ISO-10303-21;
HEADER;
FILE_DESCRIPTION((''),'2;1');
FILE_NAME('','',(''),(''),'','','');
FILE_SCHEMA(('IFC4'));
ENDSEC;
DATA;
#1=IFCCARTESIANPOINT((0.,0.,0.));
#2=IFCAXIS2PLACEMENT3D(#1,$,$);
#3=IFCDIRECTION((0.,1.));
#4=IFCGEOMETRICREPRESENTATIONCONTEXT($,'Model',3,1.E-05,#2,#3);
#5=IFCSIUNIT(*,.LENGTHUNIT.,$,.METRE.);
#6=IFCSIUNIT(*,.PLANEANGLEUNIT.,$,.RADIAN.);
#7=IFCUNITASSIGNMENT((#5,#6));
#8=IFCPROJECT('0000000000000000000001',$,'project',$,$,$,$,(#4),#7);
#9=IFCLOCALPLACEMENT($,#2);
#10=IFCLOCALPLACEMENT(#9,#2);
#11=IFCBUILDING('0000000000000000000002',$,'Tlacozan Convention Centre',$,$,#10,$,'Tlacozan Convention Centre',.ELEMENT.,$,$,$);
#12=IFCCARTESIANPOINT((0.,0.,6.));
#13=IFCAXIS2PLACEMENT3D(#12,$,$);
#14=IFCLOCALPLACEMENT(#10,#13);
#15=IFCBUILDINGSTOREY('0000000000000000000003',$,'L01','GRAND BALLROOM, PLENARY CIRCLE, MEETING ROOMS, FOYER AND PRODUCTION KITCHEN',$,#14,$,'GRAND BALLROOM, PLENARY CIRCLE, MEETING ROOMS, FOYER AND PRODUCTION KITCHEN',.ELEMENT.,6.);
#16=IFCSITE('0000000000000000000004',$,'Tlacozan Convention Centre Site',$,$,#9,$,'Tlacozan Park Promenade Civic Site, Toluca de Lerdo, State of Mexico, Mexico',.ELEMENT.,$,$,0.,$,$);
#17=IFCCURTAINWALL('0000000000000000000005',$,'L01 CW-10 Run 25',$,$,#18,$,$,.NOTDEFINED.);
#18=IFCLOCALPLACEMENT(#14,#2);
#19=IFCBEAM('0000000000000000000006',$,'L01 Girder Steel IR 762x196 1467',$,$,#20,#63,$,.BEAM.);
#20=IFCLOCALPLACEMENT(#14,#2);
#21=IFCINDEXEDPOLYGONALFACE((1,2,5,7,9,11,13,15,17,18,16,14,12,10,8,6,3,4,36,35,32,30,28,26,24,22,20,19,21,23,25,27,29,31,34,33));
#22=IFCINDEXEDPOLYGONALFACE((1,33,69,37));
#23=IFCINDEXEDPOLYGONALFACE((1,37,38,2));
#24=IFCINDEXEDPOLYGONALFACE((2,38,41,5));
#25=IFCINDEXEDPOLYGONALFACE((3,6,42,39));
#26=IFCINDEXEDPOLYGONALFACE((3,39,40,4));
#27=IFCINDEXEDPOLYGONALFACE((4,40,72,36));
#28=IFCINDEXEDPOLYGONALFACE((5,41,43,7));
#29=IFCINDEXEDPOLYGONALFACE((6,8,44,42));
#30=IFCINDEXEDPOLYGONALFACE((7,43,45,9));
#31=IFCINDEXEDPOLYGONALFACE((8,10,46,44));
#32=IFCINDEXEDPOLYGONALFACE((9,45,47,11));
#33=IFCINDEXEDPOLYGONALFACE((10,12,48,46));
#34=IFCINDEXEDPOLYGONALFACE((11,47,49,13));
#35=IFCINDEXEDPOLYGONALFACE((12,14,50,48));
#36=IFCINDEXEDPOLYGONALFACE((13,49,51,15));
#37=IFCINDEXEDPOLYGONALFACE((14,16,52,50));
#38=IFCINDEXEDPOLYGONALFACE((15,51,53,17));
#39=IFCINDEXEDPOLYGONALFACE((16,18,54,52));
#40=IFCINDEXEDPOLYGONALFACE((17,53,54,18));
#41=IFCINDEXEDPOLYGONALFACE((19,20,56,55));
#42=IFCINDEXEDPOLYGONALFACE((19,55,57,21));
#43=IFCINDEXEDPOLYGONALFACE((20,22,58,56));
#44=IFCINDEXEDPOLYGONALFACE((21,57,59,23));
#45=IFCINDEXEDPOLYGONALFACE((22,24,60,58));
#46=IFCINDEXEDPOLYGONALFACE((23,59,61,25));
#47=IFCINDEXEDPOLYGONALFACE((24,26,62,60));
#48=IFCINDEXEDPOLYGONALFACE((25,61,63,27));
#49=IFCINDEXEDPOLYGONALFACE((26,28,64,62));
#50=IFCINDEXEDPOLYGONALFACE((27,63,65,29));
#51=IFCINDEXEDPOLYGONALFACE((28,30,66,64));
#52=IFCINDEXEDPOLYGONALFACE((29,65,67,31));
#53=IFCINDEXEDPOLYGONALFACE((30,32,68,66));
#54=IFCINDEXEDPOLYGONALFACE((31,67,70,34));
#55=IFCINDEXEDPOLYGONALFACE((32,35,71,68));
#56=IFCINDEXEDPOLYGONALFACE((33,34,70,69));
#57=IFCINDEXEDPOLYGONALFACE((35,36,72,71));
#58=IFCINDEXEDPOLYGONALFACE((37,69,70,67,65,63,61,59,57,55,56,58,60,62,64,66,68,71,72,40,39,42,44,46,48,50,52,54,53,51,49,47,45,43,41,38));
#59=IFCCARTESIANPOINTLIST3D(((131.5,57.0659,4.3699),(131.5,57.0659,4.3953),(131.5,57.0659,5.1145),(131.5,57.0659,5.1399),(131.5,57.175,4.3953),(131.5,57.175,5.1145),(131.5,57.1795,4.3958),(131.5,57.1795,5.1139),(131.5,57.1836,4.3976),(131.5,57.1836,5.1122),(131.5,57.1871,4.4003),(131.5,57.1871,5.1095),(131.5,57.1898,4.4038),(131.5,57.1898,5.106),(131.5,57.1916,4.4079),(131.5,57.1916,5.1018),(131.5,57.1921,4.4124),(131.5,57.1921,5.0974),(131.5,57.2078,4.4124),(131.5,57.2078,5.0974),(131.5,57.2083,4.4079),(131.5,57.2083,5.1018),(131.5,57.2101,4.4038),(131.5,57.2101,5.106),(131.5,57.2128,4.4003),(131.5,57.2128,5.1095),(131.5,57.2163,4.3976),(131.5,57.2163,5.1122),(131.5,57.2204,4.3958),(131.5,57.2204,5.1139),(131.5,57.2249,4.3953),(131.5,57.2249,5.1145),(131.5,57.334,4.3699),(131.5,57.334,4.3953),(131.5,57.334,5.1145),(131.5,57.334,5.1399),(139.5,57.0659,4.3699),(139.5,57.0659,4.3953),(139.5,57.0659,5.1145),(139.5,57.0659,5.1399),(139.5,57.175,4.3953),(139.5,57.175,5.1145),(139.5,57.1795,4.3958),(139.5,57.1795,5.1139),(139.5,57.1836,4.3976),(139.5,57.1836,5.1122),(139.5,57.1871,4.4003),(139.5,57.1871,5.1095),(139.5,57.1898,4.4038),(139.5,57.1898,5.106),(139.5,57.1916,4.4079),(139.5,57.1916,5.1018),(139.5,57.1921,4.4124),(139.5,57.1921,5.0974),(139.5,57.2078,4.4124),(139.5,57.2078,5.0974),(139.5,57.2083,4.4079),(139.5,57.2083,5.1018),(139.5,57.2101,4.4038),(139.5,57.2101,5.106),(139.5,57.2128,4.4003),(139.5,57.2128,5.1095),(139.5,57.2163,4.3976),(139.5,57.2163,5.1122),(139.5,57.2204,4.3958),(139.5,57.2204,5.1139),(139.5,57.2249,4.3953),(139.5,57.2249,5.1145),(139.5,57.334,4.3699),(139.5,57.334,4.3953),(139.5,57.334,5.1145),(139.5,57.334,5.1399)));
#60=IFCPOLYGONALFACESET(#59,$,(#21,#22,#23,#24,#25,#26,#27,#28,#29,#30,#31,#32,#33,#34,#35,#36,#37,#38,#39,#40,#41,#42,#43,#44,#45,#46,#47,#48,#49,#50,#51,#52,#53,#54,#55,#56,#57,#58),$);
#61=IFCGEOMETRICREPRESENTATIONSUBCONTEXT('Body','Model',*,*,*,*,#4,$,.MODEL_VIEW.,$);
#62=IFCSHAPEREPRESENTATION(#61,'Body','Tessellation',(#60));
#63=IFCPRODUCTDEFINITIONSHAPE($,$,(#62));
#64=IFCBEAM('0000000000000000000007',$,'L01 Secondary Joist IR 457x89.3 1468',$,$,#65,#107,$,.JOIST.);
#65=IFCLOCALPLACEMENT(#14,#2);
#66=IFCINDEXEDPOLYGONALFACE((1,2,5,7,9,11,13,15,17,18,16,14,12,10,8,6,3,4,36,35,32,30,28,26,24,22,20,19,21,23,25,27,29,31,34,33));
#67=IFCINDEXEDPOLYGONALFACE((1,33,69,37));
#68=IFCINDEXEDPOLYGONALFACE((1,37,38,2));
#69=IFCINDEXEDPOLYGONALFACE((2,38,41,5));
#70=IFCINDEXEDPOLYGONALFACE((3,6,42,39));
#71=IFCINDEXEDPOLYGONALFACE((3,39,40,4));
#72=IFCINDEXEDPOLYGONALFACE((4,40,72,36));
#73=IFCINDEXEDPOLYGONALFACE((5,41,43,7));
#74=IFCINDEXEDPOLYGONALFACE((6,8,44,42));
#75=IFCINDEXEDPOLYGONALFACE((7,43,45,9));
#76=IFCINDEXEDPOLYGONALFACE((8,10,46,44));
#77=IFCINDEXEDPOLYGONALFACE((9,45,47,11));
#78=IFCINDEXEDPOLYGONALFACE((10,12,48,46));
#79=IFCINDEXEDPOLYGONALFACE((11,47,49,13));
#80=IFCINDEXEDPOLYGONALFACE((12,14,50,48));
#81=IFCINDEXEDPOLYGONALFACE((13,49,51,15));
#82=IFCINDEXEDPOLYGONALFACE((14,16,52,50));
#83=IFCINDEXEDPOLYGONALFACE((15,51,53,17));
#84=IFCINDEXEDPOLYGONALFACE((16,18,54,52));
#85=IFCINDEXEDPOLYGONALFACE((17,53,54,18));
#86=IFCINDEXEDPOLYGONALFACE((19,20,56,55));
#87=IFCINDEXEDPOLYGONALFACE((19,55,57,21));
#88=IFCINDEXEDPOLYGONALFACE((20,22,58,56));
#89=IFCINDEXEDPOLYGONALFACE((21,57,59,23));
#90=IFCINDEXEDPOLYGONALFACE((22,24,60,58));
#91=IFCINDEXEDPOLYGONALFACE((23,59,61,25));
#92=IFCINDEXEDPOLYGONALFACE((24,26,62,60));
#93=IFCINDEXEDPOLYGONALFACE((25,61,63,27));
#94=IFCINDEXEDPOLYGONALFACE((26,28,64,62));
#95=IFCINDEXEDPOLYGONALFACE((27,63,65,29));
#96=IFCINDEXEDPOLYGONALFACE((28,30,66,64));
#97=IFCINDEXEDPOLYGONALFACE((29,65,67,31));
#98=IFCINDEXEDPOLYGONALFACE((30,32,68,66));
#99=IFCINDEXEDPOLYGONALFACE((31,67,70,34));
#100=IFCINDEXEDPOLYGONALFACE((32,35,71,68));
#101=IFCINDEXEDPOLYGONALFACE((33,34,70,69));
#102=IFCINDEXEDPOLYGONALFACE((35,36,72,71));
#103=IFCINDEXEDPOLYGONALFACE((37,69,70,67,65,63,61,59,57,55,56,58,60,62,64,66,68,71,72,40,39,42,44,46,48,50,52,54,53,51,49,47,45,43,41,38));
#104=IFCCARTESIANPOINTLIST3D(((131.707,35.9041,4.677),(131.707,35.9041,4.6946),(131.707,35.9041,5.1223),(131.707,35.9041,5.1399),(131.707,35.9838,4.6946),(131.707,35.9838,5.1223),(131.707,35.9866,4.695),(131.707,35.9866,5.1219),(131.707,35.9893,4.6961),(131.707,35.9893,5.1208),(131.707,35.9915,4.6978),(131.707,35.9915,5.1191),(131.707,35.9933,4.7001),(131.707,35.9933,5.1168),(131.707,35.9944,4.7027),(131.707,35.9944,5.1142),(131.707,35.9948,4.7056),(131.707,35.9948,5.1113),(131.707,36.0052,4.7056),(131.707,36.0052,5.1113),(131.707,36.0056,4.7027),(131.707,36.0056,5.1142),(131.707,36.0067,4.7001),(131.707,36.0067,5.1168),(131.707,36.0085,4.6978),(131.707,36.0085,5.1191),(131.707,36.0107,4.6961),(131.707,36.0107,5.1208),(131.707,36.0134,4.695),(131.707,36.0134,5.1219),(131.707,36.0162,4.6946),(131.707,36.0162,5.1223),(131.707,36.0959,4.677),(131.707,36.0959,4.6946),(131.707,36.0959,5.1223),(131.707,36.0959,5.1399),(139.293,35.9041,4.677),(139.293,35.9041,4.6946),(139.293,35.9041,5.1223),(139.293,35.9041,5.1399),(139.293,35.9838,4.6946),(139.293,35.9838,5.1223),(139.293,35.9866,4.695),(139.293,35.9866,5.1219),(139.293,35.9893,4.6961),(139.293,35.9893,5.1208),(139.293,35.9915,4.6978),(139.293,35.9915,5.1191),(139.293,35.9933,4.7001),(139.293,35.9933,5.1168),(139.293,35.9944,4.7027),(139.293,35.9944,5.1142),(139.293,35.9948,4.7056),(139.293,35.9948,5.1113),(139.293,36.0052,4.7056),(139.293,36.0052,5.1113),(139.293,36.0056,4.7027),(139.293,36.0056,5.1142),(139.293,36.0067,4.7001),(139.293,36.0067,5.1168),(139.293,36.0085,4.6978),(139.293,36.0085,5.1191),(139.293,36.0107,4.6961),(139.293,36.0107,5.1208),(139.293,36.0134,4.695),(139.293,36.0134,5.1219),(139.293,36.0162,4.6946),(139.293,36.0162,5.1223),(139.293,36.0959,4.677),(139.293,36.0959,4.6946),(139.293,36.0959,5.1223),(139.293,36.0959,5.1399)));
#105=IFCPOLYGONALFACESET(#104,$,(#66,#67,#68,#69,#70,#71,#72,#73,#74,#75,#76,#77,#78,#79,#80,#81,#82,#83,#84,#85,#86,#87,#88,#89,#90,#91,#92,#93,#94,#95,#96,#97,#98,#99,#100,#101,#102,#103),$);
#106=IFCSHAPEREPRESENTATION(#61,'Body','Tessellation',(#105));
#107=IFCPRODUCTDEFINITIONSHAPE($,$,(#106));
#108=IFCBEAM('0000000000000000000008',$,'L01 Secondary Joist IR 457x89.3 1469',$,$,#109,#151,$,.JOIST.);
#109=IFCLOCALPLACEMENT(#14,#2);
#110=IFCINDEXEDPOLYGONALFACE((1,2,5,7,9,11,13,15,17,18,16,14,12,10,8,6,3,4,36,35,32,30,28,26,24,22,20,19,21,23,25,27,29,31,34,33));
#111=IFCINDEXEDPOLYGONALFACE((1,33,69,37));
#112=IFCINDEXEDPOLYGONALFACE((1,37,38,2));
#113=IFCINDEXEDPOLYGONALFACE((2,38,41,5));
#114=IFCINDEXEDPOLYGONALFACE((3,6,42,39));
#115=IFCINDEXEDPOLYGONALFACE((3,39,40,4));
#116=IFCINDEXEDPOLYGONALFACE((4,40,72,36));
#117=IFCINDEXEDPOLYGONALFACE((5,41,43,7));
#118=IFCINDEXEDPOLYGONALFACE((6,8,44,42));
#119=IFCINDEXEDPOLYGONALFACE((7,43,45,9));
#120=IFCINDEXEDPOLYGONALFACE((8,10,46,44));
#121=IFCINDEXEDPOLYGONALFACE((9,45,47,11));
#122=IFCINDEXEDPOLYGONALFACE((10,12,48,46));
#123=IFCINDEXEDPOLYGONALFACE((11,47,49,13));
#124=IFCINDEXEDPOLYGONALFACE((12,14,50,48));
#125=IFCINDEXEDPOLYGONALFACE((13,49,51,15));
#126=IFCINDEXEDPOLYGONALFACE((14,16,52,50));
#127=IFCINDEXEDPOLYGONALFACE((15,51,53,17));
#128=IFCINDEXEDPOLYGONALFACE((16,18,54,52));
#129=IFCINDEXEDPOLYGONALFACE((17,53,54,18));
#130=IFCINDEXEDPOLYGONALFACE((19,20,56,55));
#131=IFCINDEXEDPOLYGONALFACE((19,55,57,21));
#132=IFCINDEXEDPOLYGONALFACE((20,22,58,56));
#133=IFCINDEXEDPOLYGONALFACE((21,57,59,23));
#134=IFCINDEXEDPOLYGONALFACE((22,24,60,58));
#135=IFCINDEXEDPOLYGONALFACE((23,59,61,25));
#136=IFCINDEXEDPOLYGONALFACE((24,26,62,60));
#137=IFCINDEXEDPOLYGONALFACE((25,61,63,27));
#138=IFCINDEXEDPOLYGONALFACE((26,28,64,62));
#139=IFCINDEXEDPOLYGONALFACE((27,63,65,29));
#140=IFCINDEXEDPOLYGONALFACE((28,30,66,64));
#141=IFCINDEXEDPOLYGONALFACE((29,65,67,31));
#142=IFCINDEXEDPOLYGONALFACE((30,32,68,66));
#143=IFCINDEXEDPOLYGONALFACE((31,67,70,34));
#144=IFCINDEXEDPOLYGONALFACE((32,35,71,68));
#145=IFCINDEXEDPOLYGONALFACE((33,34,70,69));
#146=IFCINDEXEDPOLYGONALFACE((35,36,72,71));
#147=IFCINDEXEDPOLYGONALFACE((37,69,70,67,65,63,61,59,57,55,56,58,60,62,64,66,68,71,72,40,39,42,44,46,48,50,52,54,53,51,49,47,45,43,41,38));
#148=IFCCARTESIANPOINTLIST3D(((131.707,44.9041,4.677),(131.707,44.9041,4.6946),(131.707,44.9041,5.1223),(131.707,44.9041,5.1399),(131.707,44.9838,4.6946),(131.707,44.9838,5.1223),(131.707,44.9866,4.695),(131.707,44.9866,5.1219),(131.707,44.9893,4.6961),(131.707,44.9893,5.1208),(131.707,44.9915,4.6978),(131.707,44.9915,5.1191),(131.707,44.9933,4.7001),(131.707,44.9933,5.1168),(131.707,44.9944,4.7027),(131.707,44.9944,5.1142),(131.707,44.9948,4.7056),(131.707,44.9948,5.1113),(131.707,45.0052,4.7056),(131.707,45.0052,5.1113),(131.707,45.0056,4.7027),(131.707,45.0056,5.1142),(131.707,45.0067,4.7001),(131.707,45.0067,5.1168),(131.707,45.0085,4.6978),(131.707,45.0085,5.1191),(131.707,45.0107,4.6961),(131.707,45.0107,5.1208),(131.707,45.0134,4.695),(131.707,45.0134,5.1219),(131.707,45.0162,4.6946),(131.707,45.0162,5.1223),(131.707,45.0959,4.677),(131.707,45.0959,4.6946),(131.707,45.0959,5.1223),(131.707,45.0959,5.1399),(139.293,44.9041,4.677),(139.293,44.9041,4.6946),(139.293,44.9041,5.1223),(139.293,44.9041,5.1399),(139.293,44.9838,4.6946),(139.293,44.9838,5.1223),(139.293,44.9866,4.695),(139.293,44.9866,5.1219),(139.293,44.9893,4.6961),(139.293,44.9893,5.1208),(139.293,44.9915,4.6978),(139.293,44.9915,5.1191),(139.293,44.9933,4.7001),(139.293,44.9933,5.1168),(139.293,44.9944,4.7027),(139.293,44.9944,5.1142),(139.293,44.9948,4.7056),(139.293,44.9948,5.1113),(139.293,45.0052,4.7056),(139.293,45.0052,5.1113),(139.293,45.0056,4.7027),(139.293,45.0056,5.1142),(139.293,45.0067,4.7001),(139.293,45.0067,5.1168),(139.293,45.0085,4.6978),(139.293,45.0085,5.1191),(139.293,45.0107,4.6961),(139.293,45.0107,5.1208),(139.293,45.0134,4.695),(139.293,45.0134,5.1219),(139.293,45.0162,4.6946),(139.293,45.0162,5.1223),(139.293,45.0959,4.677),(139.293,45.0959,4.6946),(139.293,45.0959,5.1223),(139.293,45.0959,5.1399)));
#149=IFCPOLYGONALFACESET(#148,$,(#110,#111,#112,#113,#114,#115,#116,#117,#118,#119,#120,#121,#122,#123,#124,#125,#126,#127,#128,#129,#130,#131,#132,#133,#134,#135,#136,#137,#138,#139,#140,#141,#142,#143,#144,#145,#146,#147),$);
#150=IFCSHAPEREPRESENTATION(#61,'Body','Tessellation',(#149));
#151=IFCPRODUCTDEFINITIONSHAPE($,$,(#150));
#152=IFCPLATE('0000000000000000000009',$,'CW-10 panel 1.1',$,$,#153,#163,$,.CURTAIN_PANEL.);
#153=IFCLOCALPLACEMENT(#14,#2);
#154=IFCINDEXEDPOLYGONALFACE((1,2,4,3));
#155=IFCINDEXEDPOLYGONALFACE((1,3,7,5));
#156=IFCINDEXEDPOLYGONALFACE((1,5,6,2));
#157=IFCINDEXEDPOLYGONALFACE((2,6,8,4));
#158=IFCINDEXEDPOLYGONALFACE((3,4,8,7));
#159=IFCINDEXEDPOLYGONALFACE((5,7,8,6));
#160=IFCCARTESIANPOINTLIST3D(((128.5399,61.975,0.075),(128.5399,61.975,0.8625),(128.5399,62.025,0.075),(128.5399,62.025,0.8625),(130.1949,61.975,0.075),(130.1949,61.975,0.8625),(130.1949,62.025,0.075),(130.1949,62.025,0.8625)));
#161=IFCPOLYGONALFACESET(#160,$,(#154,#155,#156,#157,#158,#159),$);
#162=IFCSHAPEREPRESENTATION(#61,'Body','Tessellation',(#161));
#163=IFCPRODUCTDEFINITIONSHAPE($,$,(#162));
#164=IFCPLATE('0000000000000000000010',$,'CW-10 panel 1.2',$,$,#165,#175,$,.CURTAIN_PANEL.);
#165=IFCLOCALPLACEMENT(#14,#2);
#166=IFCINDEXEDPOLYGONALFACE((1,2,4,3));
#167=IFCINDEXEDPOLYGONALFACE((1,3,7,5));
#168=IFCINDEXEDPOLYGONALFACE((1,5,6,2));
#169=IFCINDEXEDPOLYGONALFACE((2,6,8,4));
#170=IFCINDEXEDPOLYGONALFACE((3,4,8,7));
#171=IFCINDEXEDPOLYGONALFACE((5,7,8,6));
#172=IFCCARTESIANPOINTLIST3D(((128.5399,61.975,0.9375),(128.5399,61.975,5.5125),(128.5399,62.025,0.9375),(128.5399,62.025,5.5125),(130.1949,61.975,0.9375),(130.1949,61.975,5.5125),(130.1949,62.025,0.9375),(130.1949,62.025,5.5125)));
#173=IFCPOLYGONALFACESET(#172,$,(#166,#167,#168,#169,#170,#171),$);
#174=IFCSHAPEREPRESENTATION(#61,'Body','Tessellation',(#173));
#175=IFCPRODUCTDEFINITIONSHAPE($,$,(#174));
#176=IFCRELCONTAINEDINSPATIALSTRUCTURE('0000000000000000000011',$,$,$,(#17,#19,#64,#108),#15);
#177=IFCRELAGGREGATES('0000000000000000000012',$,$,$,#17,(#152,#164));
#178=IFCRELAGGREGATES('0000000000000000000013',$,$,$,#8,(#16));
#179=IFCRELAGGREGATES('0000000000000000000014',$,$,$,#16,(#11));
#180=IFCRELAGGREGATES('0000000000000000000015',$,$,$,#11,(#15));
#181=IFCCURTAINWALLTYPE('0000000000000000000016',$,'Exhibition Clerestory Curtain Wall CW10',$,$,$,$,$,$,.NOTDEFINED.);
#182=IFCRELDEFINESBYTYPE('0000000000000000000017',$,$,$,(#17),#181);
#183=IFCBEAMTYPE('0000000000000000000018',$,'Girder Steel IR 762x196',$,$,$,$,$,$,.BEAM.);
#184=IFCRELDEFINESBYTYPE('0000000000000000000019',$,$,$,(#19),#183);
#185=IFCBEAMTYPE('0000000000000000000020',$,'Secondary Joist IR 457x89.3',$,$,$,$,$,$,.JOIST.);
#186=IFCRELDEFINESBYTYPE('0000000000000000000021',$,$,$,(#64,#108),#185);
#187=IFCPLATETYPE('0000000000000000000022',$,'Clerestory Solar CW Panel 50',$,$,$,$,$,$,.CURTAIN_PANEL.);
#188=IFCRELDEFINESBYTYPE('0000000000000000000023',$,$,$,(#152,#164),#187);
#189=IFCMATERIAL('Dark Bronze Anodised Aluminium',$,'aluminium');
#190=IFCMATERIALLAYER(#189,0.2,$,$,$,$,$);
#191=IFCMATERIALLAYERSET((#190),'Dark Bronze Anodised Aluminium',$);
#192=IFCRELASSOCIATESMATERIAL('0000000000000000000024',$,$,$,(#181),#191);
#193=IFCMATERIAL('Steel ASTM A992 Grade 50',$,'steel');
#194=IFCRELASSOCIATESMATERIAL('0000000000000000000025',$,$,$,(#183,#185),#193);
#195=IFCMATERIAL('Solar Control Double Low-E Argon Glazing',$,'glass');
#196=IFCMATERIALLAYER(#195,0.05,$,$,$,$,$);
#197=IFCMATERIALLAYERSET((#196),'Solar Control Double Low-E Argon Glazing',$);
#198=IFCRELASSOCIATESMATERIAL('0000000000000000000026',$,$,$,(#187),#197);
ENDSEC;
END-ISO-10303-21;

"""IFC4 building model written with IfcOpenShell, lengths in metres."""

from ifc_helpers import new_model, si_unit, direction, frame, origin, origin_2d, place, context, subcontext, project, spatial, rectangle, i_section, extrude, material, layer, layer_set, material_profile, profile_set, type_object, element, aggregate, save


model = new_model("IFC4")

# Units and contexts
model_context = context("Model", 3, precision=1e-05, world=origin(), true_north=direction((0.0, 1.0)))
body_context = subcontext(model_context, "Body", "Model", "MODEL_VIEW")
ifc_project = project(units=[si_unit("LENGTHUNIT", "METRE"), si_unit("PLANEANGLEUNIT", "RADIAN")], contexts=[model_context])

# Site, building, storey
site_placement = place(None, origin())
site = spatial("IfcSite", under=ifc_project, at=site_placement, Name="Tlacozan Convention Centre Site", LongName="Tlacozan Park Promenade Civic Site, Toluca de Lerdo, State of Mexico, Mexico", CompositionType="ELEMENT", RefElevation=0.0)
building_placement = place(site_placement, origin())
building = spatial("IfcBuilding", under=site, at=building_placement, Name="Tlacozan Convention Centre", LongName="Tlacozan Convention Centre", CompositionType="ELEMENT")
storey_placement = place(building_placement, frame((0.0, 0.0, 6.0)))
storey = spatial("IfcBuildingStorey", under=building, at=storey_placement, Name="L01", Description="GRAND BALLROOM, PLENARY CIRCLE, MEETING ROOMS, FOYER AND PRODUCTION KITCHEN", LongName="GRAND BALLROOM, PLENARY CIRCLE, MEETING ROOMS, FOYER AND PRODUCTION KITCHEN", CompositionType="ELEMENT", Elevation=6.0)

# Shared definitions
ifc_material_1 = material(Name="Steel ASTM A992 Grade 50", Category="steel")

# Shared definitions
ifc_material_2 = material(Name="Dark Bronze Anodised Aluminium", Category="aluminium")
ifc_layer_1 = layer(ifc_material_2, 0.2)
ifc_layer_set_1 = layer_set([ifc_layer_1], Name="Dark Bronze Anodised Aluminium")
curtain_wall_type = type_object("IfcCurtainWallType", Name="Exhibition Clerestory Curtain Wall CW10", PredefinedType="NOTDEFINED", material=ifc_layer_set_1)

# Curtain wall
curtain_wall_1_placement = place(storey_placement, origin())
curtain_wall_1 = element("IfcCurtainWall", 1, at=curtain_wall_1_placement, inside=storey, type_object=curtain_wall_type, Name="L01 CW-10 Run 25", PredefinedType="NOTDEFINED")

# Beams
ifc_material_profile_1 = material_profile(ifc_material_1, i_section(OverallWidth=0.2681, OverallDepth=0.77, WebThickness=0.0156, FlangeThickness=0.0254, FilletRadius=0.0171, at=origin_2d()), Name="IR 762x196.0")
ifc_profile_set_1 = profile_set([ifc_material_profile_1], Name="Steel ASTM A992 Grade 50")
beam_type_1 = type_object("IfcBeamType", Name="Girder Steel IR 762x196", PredefinedType="BEAM", material=ifc_profile_set_1)
beam_placement = place(storey_placement, frame((131.5, 57.2, 4.7549), z_axis=(1.0, 0.0, 0.0), x_axis=(0.0, 1.0, 0.0)))
element("IfcBeam", 2, at=beam_placement, inside=storey, type_object=beam_type_1, Name="L01 Girder Steel IR 762x196 1467", PredefinedType="BEAM", context=body_context, shape_type="SweptSolid", body=[
    extrude(i_section(OverallWidth=0.2681, OverallDepth=0.77, WebThickness=0.0156, FlangeThickness=0.0254, FilletRadius=0.0171, at=origin_2d()), origin(), (0.0, 0.0, 1.0), 8.0),
])
ifc_material_profile_2 = material_profile(ifc_material_1, i_section(OverallWidth=0.1919, OverallDepth=0.4629, WebThickness=0.0105, FlangeThickness=0.0176, FilletRadius=0.011, at=origin_2d()), Name="IR 457x89.3")
ifc_profile_set_2 = profile_set([ifc_material_profile_2], Name="Steel ASTM A992 Grade 50")
beam_type_2 = type_object("IfcBeamType", Name="Secondary Joist IR 457x89.3", PredefinedType="JOIST", material=ifc_profile_set_2)
for number, where, z_axis, x_axis, name in (
    (3, (131.707, 36.0, 4.9084), (1.0, 0.0, 0.0), (0.0, 1.0, 0.0), "L01 Secondary Joist IR 457x89.3 1468"),
    (4, (131.707, 45.0, 4.9084), (1.0, 0.0, 0.0), (0.0, 1.0, 0.0), "L01 Secondary Joist IR 457x89.3 1469"),
):
    element("IfcBeam", number, at=place(storey_placement, frame(where, z_axis=z_axis, x_axis=x_axis)), inside=storey, type_object=beam_type_2, Name=name, PredefinedType="JOIST", context=body_context, shape_type="SweptSolid", body=[
        extrude(i_section(OverallWidth=0.1919, OverallDepth=0.4629, WebThickness=0.0105, FlangeThickness=0.0176, FilletRadius=0.011, at=origin_2d()), origin(), (0.0, 0.0, 1.0), 7.5859),
    ])

# Plates
ifc_material_3 = material(Name="Solar Control Double Low-E Argon Glazing", Category="glass")
ifc_layer_2 = layer(ifc_material_3, 0.05)
ifc_layer_set_2 = layer_set([ifc_layer_2], Name="Solar Control Double Low-E Argon Glazing")
plate_type = type_object("IfcPlateType", Name="Clerestory Solar CW Panel 50", PredefinedType="CURTAIN_PANEL", material=ifc_layer_set_2)
plate_1_placement = place(storey_placement, frame((129.3674, 62.0, 0.075), z_axis=(0.0, 0.0, 1.0), x_axis=(1.0, 0.0, 0.0)))
plate_1 = element("IfcPlate", 5, at=plate_1_placement, type_object=plate_type, Name="CW-10 panel 1.1", PredefinedType="CURTAIN_PANEL", context=body_context, shape_type="SweptSolid", body=[
    extrude(rectangle(XDim=1.655, YDim=0.05, at=origin_2d()), origin(), (0.0, 0.0, 1.0), 0.7876),
])
plate_2_placement = place(storey_placement, frame((129.3674, 62.0, 0.9375), z_axis=(0.0, 0.0, 1.0), x_axis=(1.0, 0.0, 0.0)))
plate_2 = element("IfcPlate", 6, at=plate_2_placement, type_object=plate_type, Name="CW-10 panel 1.2", PredefinedType="CURTAIN_PANEL", context=body_context, shape_type="SweptSolid", body=[
    extrude(rectangle(XDim=1.655, YDim=0.05, at=origin_2d()), origin(), (0.0, 0.0, 1.0), 4.575),
])
aggregate(curtain_wall_1, [plate_1, plate_2])

save(model, "model.ifc")
